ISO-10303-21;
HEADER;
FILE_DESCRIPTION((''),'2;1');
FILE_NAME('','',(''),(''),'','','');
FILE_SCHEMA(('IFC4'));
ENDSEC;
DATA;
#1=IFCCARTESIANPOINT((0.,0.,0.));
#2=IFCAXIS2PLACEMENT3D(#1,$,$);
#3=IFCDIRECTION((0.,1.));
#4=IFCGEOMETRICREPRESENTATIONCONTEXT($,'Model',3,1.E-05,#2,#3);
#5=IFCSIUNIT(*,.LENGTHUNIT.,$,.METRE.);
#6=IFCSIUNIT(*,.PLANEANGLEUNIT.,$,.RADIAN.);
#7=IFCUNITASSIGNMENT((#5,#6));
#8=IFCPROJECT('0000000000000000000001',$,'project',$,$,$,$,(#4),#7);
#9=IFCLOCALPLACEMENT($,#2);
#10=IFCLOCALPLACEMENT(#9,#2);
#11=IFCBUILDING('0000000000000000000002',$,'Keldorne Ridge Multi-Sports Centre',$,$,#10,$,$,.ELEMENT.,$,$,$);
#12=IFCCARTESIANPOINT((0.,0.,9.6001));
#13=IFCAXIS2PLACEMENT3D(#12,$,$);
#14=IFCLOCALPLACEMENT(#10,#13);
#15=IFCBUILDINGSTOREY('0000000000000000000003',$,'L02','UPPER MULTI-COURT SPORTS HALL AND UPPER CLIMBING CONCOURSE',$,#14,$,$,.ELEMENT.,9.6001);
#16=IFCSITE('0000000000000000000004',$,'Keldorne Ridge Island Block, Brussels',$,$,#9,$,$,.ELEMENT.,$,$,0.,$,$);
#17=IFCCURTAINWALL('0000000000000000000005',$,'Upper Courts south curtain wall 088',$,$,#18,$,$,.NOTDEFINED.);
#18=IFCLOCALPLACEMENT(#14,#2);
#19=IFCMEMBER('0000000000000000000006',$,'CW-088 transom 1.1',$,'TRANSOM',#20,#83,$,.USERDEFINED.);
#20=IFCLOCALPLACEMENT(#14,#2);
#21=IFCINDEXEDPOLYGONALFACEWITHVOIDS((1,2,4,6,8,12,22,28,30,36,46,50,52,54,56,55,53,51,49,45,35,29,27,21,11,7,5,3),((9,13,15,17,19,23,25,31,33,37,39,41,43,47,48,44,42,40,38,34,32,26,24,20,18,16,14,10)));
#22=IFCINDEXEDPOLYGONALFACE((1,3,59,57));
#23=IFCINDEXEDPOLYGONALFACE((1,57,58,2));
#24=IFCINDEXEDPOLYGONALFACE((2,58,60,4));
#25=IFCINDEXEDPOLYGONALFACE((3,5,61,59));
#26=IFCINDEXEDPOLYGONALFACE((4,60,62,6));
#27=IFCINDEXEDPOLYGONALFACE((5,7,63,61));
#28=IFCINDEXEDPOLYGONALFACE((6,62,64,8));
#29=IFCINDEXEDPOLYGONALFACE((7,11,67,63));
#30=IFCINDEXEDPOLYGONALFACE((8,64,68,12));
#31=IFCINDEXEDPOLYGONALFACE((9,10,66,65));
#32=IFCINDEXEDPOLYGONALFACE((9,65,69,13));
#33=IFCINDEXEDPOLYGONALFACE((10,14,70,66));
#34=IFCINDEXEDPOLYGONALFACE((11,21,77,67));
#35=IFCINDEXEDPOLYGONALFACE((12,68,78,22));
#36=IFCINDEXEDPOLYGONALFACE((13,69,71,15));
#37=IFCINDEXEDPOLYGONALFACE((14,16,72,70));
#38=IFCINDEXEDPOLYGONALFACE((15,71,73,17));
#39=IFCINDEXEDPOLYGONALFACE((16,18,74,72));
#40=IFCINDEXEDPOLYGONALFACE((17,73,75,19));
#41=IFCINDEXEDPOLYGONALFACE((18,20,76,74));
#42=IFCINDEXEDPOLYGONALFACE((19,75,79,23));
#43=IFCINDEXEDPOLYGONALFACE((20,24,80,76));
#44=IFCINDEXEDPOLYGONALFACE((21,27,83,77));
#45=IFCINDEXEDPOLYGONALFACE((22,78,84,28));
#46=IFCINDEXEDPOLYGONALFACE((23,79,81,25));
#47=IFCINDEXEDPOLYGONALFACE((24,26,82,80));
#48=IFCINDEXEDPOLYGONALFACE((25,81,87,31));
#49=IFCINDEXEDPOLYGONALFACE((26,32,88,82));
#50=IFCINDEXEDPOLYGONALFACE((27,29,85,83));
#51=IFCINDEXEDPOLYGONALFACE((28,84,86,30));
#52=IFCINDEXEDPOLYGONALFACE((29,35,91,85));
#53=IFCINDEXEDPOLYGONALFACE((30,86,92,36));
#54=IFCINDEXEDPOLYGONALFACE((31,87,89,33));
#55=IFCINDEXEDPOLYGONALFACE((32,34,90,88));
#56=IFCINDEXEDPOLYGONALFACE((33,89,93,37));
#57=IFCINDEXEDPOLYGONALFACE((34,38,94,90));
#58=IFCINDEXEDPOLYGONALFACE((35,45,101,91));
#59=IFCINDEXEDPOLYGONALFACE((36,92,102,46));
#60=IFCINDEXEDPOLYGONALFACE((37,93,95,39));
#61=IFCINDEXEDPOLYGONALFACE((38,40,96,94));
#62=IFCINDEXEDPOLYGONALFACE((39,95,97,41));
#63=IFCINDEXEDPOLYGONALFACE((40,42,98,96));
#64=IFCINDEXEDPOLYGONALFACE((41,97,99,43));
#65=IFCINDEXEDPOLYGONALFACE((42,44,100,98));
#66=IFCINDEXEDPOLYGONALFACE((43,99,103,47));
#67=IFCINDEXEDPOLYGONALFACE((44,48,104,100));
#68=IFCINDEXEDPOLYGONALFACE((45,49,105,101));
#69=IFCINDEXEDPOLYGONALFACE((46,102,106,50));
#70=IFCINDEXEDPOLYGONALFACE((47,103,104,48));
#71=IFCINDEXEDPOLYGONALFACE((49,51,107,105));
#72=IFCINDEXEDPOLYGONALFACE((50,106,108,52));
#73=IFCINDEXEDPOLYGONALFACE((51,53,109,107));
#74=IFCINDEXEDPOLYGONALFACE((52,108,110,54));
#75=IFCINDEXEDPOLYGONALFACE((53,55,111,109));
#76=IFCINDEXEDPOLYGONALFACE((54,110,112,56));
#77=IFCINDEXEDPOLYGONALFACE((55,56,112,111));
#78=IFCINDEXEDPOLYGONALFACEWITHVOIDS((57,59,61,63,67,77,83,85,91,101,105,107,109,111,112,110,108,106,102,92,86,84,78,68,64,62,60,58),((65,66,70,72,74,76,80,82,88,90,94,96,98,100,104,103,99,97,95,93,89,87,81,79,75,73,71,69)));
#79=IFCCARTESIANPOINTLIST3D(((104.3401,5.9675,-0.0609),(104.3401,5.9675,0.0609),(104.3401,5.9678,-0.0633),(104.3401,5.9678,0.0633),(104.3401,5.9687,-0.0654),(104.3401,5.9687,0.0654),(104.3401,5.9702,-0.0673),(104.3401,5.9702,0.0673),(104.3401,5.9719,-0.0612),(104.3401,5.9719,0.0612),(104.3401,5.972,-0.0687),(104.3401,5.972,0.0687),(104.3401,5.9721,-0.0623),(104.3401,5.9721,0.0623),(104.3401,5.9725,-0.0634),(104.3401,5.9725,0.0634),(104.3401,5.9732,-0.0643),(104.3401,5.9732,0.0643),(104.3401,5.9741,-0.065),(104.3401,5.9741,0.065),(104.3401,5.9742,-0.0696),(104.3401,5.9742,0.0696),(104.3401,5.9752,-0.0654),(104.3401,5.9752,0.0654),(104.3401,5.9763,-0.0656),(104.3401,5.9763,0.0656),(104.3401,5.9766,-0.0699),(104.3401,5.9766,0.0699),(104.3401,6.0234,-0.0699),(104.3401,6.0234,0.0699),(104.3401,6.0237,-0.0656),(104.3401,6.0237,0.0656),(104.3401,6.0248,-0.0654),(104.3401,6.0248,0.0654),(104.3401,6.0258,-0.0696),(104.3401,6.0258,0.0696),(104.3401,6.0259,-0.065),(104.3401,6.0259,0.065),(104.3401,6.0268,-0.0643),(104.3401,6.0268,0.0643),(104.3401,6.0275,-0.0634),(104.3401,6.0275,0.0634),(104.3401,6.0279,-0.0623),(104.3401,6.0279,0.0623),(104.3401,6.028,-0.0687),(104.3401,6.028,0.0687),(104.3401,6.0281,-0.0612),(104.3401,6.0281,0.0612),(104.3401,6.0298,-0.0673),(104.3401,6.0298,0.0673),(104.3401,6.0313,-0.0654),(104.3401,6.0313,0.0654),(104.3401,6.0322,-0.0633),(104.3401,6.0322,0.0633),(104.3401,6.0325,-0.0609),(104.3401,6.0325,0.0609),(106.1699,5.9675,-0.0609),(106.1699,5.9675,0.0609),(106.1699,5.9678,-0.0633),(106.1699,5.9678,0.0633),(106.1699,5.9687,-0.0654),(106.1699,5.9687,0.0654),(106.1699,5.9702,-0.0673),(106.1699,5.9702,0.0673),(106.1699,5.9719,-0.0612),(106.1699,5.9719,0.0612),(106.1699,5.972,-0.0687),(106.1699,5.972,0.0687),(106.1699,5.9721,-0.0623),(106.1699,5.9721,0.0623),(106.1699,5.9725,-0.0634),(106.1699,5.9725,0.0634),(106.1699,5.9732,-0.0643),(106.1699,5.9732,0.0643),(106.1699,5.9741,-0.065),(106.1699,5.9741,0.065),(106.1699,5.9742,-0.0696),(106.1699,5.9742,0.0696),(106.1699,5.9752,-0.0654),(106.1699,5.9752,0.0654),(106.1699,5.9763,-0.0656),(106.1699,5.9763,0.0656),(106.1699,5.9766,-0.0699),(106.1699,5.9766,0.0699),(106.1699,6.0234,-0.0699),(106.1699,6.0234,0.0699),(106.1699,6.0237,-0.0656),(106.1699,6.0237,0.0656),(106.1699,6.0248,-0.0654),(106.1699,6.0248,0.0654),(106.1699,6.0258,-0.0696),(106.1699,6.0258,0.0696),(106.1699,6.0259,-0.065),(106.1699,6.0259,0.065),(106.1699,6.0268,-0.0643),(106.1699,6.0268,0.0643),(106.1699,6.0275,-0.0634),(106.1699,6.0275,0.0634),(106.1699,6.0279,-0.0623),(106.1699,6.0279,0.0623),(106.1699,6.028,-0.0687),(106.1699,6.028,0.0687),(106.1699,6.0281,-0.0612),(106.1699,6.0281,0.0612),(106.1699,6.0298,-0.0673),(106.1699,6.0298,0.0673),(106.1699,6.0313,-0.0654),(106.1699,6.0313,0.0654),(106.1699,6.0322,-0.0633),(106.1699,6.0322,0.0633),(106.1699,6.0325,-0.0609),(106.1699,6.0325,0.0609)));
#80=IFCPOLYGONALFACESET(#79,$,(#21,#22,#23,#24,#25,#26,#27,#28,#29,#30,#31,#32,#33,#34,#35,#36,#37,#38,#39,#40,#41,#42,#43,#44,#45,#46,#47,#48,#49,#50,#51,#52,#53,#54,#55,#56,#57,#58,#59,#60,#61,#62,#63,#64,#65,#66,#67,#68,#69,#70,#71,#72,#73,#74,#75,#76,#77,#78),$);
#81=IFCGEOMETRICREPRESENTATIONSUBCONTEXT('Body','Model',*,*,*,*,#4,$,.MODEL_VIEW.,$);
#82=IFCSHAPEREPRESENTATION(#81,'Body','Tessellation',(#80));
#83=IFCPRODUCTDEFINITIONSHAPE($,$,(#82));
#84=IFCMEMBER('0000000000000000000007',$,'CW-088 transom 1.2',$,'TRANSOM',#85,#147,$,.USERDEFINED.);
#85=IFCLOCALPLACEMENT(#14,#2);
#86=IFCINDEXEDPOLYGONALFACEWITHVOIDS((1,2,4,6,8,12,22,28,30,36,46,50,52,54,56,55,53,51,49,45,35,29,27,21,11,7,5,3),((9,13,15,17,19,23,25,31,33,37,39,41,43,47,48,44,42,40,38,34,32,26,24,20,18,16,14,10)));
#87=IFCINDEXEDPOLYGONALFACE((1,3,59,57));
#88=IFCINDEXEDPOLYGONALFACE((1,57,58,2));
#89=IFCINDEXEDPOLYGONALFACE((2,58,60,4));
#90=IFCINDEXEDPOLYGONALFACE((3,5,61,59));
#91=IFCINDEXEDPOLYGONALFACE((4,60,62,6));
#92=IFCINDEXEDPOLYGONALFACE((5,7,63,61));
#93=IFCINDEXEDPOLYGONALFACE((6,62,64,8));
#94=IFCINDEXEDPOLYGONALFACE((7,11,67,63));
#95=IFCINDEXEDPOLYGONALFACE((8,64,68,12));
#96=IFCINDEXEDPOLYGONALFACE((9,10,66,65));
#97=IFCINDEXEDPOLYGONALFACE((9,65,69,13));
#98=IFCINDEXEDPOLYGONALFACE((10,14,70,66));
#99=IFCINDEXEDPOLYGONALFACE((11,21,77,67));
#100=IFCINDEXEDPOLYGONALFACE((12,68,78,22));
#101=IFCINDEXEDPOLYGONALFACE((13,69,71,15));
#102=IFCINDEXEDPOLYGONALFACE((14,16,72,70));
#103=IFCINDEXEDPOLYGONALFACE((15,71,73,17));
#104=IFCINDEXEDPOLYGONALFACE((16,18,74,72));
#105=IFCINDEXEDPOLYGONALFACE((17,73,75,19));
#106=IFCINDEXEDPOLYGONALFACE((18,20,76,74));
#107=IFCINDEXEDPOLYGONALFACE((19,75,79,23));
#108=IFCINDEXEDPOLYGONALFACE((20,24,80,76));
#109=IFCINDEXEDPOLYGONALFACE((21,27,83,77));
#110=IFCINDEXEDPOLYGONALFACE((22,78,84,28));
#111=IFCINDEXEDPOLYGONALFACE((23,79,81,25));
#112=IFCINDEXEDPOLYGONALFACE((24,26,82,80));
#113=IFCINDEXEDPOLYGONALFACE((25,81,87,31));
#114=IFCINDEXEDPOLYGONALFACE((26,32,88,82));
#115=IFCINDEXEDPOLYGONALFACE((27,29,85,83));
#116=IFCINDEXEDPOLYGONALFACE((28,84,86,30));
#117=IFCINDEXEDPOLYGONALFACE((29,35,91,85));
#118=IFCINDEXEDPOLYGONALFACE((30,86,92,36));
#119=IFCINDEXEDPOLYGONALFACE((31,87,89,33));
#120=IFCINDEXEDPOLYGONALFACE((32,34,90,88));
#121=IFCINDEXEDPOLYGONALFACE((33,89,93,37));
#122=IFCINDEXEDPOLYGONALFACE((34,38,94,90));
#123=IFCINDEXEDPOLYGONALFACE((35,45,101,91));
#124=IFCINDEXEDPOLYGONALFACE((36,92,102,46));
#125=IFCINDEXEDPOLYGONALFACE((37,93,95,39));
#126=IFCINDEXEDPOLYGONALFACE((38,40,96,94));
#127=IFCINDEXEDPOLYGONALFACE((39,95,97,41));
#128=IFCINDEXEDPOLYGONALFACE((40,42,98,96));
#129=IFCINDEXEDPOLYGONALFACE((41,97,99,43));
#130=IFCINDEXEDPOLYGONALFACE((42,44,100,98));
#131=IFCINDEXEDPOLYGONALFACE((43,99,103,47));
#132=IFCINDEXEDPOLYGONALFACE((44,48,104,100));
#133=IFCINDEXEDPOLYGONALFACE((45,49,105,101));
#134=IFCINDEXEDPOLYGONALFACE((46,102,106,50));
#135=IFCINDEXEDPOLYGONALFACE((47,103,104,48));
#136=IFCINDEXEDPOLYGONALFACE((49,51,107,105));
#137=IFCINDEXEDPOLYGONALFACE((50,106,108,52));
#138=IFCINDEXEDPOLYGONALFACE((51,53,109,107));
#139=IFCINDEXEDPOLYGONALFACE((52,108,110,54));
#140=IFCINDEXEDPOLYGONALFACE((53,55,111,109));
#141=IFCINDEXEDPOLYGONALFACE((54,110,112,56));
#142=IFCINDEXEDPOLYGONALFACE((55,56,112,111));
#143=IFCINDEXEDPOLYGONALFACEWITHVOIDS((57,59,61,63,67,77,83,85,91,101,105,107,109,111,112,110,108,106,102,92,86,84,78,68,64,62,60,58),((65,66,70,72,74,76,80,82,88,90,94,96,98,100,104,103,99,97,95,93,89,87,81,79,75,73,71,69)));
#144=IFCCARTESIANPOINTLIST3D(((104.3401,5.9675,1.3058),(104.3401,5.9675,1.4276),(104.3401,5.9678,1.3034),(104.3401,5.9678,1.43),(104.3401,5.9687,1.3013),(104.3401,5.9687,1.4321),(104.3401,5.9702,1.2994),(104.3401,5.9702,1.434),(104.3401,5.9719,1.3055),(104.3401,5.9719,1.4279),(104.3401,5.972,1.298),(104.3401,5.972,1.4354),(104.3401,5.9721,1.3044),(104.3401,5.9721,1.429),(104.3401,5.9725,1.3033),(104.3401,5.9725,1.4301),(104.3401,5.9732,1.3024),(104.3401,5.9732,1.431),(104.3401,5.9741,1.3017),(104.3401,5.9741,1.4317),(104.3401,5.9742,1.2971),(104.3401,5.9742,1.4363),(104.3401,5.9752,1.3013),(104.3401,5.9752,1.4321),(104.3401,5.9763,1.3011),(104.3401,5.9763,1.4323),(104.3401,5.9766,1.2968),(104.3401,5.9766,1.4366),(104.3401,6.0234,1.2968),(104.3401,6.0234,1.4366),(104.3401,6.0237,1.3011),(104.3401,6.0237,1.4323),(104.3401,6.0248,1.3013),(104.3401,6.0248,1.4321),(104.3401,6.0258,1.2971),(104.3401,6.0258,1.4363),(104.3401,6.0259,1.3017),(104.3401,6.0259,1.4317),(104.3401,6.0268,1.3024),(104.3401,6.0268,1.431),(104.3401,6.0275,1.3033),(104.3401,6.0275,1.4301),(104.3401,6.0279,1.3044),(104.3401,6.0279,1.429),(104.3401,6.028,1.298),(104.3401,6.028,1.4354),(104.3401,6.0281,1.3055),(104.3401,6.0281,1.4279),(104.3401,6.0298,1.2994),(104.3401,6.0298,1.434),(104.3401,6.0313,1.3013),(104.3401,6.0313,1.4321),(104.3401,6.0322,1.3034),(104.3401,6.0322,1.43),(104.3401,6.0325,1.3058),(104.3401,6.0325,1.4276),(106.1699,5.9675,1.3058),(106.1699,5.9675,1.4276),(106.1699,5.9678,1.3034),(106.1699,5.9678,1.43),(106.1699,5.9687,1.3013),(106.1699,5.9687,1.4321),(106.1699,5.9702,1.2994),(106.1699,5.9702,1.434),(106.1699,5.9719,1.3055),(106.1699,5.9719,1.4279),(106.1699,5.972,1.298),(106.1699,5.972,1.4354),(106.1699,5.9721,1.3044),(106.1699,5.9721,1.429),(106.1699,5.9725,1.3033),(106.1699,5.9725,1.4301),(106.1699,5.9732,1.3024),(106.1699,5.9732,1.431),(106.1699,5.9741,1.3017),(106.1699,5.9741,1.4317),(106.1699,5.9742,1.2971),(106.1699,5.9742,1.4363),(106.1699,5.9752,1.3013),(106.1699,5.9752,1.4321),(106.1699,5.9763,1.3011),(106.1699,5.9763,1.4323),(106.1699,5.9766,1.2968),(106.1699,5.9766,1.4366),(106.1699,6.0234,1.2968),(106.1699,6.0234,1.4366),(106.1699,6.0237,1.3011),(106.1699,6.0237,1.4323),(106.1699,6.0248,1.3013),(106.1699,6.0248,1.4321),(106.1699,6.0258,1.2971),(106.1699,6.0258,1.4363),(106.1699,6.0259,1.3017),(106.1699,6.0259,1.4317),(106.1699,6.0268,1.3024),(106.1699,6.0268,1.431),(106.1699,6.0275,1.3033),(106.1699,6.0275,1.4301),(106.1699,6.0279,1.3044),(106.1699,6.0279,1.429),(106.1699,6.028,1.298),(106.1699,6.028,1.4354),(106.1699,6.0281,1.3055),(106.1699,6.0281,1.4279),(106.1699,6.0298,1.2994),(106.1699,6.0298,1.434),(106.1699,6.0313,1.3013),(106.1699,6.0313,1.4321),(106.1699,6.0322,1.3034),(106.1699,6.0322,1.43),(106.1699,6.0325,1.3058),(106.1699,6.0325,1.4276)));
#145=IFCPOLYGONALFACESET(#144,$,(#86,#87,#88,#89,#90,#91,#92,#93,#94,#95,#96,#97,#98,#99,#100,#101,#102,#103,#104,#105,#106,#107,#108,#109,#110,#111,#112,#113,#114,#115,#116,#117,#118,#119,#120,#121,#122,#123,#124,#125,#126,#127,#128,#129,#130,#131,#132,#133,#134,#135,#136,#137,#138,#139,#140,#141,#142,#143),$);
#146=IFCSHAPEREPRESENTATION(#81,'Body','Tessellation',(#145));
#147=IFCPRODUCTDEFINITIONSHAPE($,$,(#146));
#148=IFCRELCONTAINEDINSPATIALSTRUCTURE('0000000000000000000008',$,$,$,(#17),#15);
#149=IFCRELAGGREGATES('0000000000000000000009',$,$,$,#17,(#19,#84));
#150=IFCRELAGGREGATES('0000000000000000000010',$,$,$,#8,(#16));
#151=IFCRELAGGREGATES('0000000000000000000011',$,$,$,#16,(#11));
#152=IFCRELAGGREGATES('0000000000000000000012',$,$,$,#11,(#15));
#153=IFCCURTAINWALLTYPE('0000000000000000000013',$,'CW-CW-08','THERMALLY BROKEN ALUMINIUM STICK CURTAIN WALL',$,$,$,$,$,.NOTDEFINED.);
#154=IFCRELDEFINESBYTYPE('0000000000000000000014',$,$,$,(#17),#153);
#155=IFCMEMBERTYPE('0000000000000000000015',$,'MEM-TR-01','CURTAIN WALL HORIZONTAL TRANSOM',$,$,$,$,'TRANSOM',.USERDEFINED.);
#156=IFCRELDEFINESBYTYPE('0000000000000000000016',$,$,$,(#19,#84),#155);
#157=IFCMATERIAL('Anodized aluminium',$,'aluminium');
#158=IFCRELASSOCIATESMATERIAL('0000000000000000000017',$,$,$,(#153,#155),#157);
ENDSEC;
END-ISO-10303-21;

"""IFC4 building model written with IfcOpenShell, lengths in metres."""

from ifc_helpers import new_model, si_unit, direction, frame, origin, origin_2d, place, context, subcontext, project, spatial, hollow_rectangle, extrude, material, material_profile, profile_set, type_object, element, aggregate, save


model = new_model("IFC4")

# Units and contexts
model_context = context("Model", 3, precision=1e-05, world=origin(), true_north=direction((0.0, 1.0)))
body_context = subcontext(model_context, "Body", "Model", "MODEL_VIEW")
ifc_project = project(units=[si_unit("LENGTHUNIT", "METRE"), si_unit("PLANEANGLEUNIT", "RADIAN")], contexts=[model_context])

# Site, building, storey
site_placement = place(None, origin())
site = spatial("IfcSite", under=ifc_project, at=site_placement, Name="Keldorne Ridge Island Block, Brussels", CompositionType="ELEMENT", RefElevation=0.0)
building_placement = place(site_placement, origin())
building = spatial("IfcBuilding", under=site, at=building_placement, Name="Keldorne Ridge Multi-Sports Centre", CompositionType="ELEMENT")
storey_placement = place(building_placement, frame((0.0, 0.0, 9.6001)))
storey = spatial("IfcBuildingStorey", under=building, at=storey_placement, Name="L02", Description="UPPER MULTI-COURT SPORTS HALL AND UPPER CLIMBING CONCOURSE", CompositionType="ELEMENT", Elevation=9.6001)

# Curtain wall, members
ifc_material_1 = material(Name="Anodized aluminium", Category="aluminium")
curtain_wall_type = type_object("IfcCurtainWallType", Name="CW-CW-08", Description="THERMALLY BROKEN ALUMINIUM STICK CURTAIN WALL", PredefinedType="NOTDEFINED", material=ifc_material_1)
curtain_wall_placement = place(storey_placement, origin())
curtain_wall = element("IfcCurtainWall", 1, at=curtain_wall_placement, inside=storey, type_object=curtain_wall_type, Name="Upper Courts south curtain wall 088", PredefinedType="NOTDEFINED")
ifc_material_profile_1 = material_profile(ifc_material_1, hollow_rectangle(XDim=0.0649, YDim=0.1399, WallThickness=0.0044, InnerFilletRadius=0.0044, OuterFilletRadius=0.009, at=origin_2d()), Name="ALU TRANSOM 140x65x4.5")
ifc_profile_set_1 = profile_set([ifc_material_profile_1], Name="Anodized aluminium")
member_type_1 = type_object("IfcMemberType", Name="MEM-TR-01", Description="CURTAIN WALL HORIZONTAL TRANSOM", ElementType="TRANSOM", PredefinedType="USERDEFINED", material=ifc_profile_set_1)
member_1_placement = place(storey_placement, frame((104.3401, 6.0, 0.0), z_axis=(1.0, 0.0, 0.0), x_axis=(0.0, 1.0, 0.0)))
member_1 = element("IfcMember", 2, at=member_1_placement, type_object=member_type_1, Name="CW-088 transom 1.1", ObjectType="TRANSOM", PredefinedType="USERDEFINED", context=body_context, shape_type="SweptSolid", body=[
    extrude(hollow_rectangle(XDim=0.0649, YDim=0.1399, WallThickness=0.0044, InnerFilletRadius=0.0044, OuterFilletRadius=0.009, at=origin_2d()), origin(), (0.0, 0.0, 1.0), 1.8298),
])
member_2_placement = place(storey_placement, frame((104.3401, 6.0, 1.3667), z_axis=(1.0, 0.0, 0.0), x_axis=(0.0, 1.0, 0.0)))
member_2 = element("IfcMember", 3, at=member_2_placement, type_object=member_type_1, Name="CW-088 transom 1.2", ObjectType="TRANSOM", PredefinedType="USERDEFINED", context=body_context, shape_type="SweptSolid", body=[
    extrude(hollow_rectangle(XDim=0.0649, YDim=0.1399, WallThickness=0.0044, InnerFilletRadius=0.0044, OuterFilletRadius=0.009, at=origin_2d()), origin(), (0.0, 0.0, 1.0), 1.8298),
])
aggregate(curtain_wall, [member_1, member_2])

save(model, "model.ifc")
